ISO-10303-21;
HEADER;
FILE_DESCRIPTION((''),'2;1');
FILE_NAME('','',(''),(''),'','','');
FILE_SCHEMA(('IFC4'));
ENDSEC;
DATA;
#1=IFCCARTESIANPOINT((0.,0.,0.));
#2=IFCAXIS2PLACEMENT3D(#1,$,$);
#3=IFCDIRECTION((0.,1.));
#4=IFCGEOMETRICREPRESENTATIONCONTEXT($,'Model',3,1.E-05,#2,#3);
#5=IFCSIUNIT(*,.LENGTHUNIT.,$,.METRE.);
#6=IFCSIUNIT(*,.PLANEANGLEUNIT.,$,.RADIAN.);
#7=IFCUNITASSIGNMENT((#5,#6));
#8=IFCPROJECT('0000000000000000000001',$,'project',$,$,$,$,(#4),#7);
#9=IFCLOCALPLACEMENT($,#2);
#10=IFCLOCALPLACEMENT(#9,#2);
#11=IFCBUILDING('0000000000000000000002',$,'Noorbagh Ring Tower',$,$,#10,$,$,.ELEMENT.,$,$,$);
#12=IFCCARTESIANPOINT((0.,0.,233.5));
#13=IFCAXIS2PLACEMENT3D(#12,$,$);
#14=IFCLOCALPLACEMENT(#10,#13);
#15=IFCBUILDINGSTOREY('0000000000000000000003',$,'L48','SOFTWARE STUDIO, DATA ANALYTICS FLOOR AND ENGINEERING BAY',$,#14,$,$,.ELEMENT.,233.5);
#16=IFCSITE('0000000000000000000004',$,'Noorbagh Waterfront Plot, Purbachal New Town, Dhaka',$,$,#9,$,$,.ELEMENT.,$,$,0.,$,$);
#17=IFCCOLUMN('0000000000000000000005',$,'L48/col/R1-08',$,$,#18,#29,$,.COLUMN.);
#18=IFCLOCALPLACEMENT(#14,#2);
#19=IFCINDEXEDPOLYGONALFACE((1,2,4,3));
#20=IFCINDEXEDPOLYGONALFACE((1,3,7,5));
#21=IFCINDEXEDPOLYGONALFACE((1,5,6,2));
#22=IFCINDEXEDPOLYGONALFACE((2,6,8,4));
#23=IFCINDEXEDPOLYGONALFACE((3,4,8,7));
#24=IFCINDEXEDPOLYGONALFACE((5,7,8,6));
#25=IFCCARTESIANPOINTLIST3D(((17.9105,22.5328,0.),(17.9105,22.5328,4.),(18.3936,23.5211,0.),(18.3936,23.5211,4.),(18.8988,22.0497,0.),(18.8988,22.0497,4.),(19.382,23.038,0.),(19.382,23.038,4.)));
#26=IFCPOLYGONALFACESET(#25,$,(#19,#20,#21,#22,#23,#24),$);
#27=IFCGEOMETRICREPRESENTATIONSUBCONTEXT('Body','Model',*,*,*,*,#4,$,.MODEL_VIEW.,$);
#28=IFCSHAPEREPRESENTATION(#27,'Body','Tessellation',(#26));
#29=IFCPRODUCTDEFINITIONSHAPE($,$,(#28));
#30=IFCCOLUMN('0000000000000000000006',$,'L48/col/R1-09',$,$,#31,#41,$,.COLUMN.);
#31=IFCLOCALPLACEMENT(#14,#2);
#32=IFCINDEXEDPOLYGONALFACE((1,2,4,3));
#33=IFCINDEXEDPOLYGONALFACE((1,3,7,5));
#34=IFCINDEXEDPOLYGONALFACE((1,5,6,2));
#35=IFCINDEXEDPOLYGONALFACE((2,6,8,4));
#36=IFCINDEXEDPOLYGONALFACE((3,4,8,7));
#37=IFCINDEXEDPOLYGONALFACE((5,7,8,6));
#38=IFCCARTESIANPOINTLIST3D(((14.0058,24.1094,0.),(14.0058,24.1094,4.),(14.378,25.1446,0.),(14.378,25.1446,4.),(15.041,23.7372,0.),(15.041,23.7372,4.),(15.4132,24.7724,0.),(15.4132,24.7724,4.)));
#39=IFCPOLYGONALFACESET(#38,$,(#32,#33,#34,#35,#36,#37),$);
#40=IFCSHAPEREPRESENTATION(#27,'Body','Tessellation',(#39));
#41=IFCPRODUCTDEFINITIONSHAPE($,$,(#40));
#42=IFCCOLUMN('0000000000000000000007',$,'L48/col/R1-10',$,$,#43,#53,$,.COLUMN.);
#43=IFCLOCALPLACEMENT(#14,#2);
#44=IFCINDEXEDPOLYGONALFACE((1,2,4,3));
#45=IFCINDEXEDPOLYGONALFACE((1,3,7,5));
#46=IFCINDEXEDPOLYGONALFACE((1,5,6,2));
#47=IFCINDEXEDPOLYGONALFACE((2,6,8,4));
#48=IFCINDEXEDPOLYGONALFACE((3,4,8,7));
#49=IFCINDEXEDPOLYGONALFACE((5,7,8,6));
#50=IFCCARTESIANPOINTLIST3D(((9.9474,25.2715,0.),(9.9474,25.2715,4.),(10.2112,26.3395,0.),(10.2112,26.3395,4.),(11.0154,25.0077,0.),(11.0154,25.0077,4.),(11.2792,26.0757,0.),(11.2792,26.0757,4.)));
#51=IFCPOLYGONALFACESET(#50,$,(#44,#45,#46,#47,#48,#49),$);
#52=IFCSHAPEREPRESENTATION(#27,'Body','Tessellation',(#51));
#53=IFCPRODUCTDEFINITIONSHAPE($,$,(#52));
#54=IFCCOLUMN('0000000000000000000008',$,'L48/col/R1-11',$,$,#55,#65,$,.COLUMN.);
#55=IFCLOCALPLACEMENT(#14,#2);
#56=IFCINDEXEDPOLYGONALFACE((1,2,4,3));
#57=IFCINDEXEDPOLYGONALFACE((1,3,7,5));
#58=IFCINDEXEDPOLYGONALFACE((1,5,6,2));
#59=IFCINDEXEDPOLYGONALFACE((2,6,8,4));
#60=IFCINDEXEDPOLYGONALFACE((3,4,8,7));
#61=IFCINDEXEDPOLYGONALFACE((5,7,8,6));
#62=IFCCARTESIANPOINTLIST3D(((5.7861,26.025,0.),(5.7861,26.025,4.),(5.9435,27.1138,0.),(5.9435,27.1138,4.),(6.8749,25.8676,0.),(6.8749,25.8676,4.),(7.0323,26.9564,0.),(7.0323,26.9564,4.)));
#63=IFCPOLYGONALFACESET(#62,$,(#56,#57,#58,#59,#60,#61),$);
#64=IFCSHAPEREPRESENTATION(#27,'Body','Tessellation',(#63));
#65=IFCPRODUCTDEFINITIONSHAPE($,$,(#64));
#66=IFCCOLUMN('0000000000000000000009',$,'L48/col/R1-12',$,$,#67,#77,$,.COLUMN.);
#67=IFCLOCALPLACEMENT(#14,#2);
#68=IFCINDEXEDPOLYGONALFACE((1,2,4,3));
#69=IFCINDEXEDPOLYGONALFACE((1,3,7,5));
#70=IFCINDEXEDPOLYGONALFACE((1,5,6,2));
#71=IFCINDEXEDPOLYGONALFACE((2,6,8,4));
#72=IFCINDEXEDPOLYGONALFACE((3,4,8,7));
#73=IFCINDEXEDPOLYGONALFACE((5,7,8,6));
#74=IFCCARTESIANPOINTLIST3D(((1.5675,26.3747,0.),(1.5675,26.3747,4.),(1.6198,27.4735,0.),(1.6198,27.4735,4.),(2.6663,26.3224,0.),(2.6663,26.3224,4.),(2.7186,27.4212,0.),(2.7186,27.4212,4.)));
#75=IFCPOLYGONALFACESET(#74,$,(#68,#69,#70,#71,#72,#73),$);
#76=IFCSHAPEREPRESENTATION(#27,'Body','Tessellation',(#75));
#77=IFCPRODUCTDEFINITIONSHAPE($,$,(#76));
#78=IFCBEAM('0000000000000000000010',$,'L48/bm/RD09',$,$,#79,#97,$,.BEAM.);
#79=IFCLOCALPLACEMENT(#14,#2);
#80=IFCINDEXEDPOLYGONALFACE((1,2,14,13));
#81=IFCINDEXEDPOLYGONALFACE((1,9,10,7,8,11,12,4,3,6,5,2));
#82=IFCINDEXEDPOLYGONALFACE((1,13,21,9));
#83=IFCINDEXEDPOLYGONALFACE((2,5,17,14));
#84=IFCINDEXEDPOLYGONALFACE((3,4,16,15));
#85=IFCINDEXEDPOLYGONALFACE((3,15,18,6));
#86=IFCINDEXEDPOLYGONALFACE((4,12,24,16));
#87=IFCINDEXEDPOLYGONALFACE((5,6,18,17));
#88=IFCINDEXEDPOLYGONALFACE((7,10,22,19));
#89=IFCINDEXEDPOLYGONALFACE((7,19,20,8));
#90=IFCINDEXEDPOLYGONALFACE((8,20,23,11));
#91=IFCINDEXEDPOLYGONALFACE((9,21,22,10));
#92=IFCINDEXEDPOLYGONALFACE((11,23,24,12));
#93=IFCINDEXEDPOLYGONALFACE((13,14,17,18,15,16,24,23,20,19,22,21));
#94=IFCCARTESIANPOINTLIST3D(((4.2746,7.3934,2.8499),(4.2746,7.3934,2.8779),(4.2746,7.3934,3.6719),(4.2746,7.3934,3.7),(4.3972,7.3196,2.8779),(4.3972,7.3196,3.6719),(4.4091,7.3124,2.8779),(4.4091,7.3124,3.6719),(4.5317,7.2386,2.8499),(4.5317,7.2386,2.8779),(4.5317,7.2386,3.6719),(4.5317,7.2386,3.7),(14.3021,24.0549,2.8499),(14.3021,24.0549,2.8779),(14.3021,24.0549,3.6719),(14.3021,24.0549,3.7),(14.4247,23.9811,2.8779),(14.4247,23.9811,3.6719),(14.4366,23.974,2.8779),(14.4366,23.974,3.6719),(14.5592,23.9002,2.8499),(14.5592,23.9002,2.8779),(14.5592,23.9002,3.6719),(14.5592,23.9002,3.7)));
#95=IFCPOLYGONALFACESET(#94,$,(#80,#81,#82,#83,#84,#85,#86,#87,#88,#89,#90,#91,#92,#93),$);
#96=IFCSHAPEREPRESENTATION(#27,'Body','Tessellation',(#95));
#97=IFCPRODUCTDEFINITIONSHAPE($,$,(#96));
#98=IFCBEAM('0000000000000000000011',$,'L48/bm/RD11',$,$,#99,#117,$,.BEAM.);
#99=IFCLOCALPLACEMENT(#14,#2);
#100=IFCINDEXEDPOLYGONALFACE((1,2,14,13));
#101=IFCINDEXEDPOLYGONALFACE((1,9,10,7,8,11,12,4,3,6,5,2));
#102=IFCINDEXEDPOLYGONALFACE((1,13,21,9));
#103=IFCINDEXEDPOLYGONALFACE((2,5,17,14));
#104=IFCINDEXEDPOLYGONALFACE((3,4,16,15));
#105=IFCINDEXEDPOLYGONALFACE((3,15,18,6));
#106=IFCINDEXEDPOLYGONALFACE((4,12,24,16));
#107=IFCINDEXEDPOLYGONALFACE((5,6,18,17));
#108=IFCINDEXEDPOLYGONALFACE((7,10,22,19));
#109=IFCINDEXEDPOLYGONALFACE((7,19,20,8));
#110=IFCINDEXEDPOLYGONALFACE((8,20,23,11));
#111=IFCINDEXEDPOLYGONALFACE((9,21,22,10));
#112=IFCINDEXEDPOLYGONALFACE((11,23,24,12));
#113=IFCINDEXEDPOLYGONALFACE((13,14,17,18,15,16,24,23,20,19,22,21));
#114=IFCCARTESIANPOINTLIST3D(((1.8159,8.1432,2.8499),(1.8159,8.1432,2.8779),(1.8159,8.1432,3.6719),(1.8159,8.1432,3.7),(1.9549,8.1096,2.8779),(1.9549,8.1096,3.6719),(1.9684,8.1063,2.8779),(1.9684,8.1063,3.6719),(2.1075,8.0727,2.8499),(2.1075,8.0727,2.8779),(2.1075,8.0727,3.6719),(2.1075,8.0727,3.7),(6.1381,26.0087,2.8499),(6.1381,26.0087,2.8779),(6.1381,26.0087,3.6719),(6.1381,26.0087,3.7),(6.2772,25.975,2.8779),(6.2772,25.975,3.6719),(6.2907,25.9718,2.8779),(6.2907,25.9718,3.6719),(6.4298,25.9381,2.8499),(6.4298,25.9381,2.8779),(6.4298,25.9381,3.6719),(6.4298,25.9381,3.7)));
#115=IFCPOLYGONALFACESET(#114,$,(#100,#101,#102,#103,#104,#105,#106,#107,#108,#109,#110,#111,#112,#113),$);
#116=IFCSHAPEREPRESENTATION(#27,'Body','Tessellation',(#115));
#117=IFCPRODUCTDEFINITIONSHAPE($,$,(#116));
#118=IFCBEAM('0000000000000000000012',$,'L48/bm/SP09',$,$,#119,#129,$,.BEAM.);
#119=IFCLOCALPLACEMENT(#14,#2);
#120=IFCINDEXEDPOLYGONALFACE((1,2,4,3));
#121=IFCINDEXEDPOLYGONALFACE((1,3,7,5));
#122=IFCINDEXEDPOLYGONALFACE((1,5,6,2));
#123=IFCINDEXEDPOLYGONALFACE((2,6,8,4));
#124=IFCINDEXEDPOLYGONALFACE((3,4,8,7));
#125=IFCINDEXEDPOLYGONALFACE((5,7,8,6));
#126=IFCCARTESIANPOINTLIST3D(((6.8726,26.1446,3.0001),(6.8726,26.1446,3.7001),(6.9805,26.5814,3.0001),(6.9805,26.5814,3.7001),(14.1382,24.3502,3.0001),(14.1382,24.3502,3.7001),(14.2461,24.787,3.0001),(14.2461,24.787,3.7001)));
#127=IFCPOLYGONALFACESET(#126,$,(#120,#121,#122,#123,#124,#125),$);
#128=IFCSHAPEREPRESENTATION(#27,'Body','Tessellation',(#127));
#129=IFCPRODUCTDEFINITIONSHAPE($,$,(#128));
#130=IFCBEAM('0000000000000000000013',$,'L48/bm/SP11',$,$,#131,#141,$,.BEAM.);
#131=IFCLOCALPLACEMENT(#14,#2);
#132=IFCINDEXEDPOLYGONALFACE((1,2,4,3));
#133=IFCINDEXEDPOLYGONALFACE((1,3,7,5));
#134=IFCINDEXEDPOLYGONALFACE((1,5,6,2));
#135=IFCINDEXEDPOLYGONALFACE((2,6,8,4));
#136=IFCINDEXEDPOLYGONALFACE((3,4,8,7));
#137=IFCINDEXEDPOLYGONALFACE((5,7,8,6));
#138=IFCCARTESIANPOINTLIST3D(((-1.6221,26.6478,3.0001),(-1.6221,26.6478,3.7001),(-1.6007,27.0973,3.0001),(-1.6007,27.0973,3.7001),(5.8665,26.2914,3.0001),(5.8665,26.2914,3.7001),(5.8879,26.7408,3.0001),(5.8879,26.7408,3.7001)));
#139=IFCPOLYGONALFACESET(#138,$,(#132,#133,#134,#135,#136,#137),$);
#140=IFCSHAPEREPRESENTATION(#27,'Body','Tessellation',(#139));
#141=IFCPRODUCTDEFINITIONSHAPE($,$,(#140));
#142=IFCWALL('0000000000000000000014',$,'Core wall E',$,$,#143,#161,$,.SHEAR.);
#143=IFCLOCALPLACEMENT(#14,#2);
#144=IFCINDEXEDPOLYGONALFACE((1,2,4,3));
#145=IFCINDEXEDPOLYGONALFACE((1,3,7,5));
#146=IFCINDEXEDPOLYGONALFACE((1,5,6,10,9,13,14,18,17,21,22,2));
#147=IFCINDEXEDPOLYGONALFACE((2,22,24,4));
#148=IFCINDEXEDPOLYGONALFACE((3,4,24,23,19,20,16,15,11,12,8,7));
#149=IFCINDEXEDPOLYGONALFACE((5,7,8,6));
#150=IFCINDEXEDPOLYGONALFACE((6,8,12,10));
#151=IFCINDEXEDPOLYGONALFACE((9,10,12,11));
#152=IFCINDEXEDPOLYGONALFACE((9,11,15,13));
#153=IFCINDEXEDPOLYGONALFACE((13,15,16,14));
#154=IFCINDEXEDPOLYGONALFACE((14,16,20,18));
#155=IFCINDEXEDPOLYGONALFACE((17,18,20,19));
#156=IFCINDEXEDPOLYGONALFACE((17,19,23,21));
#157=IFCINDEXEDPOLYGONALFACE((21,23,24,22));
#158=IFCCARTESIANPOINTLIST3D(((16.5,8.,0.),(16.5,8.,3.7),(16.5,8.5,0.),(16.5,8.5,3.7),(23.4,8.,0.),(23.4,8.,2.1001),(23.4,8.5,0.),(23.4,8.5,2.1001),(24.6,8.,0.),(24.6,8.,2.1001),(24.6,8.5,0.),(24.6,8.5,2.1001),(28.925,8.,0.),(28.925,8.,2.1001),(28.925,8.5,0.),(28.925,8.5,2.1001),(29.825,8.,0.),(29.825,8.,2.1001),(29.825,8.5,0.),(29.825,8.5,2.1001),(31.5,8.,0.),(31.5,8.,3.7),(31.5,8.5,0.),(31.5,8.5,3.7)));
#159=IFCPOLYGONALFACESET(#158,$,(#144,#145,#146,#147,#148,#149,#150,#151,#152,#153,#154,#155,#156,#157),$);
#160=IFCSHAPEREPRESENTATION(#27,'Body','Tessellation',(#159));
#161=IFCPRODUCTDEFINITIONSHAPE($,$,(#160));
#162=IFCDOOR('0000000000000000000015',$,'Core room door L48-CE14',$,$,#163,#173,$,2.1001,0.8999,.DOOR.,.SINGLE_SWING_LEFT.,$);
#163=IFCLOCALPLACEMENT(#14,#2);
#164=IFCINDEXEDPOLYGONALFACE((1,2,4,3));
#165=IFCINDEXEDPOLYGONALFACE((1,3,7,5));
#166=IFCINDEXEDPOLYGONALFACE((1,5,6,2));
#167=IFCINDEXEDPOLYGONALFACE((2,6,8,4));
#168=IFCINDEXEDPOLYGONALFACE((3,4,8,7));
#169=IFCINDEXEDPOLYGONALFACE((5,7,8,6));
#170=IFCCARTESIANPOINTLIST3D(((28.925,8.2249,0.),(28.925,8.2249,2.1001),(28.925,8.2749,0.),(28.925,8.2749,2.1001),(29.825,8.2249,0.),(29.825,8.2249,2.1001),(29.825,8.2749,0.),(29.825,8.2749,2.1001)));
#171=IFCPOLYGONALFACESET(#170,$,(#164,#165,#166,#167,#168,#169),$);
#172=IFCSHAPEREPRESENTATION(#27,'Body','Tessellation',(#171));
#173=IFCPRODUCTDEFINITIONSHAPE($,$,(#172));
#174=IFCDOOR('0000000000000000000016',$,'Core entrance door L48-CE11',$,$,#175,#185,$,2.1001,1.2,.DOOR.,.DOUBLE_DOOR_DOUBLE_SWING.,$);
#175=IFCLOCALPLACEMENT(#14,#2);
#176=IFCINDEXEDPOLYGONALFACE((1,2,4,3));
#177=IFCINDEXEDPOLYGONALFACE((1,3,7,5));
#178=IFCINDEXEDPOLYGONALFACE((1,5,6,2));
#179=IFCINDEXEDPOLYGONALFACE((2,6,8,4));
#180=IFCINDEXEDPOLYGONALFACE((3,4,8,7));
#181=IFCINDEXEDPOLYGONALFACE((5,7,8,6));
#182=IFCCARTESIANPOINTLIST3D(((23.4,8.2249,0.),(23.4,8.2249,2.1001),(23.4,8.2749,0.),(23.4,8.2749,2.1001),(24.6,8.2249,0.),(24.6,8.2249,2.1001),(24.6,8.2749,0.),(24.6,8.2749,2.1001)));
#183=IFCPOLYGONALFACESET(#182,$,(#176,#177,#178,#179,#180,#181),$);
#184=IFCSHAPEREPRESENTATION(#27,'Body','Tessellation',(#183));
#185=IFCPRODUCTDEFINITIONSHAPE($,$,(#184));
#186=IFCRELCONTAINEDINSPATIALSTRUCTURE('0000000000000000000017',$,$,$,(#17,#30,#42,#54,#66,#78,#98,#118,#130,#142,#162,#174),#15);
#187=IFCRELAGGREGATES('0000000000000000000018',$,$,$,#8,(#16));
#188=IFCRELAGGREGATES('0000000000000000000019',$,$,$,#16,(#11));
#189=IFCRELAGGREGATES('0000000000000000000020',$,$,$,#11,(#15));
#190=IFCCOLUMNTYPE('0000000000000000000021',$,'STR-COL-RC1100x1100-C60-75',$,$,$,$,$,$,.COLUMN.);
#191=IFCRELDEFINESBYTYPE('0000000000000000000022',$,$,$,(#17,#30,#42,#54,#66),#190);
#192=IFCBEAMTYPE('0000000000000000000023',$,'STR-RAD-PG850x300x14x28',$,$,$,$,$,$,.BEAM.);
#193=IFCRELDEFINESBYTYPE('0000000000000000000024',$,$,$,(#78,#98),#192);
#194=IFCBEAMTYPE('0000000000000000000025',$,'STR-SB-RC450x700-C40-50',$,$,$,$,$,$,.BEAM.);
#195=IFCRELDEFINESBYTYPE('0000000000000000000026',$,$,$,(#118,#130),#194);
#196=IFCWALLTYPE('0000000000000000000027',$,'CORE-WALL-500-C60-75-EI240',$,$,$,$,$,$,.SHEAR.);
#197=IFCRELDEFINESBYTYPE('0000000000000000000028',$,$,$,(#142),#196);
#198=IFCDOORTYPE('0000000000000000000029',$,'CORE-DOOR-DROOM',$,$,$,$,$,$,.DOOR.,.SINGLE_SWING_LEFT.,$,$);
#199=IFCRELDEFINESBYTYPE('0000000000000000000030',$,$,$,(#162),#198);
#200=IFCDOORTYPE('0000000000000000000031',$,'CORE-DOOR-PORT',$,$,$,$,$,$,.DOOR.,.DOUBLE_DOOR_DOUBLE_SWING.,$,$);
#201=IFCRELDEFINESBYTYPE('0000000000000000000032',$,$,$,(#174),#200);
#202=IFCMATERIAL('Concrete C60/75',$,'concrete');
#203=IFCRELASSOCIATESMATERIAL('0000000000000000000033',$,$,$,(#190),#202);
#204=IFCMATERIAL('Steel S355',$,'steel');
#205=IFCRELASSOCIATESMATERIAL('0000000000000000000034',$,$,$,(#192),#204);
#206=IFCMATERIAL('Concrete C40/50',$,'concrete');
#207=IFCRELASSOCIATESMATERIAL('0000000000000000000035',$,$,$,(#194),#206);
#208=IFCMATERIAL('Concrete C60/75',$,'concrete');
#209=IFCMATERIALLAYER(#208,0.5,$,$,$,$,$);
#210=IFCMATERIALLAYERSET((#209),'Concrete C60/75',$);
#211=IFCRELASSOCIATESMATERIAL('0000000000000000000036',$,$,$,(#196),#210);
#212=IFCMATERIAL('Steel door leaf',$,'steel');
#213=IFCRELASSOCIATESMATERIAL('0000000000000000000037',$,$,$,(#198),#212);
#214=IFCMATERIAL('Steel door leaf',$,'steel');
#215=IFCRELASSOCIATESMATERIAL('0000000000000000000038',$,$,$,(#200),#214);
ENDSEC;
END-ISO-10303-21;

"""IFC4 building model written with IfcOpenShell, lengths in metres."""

from ifc_helpers import new_model, si_unit, direction, frame, frame_2d, origin, origin_2d, place, context, subcontext, project, spatial, rectangle, i_section, extrude, material, layer, layer_set, material_profile, profile_set, type_object, element, fill, save


model = new_model("IFC4")

# Units and contexts
model_context = context("Model", 3, precision=1e-05, world=origin(), true_north=direction((0.0, 1.0)))
body_context = subcontext(model_context, "Body", "Model", "MODEL_VIEW")
ifc_project = project(units=[si_unit("LENGTHUNIT", "METRE"), si_unit("PLANEANGLEUNIT", "RADIAN")], contexts=[model_context])

# Site, building, storey
site_placement = place(None, origin())
site = spatial("IfcSite", under=ifc_project, at=site_placement, Name="Noorbagh Waterfront Plot, Purbachal New Town, Dhaka", CompositionType="ELEMENT", RefElevation=0.0)
building_placement = place(site_placement, origin())
building = spatial("IfcBuilding", under=site, at=building_placement, Name="Noorbagh Ring Tower", CompositionType="ELEMENT")
storey_placement = place(building_placement, frame((0.0, 0.0, 233.5)))
storey = spatial("IfcBuildingStorey", under=building, at=storey_placement, Name="L48", Description="SOFTWARE STUDIO, DATA ANALYTICS FLOOR AND ENGINEERING BAY", CompositionType="ELEMENT", Elevation=233.5)

# Columns
ifc_material_1 = material(Name="Concrete C60/75", Category="concrete")
ifc_material_profile_1 = material_profile(ifc_material_1, rectangle(XDim=1.1001, YDim=1.1001, at=origin_2d()), Name="RC1100x1100")
ifc_profile_set_1 = profile_set([ifc_material_profile_1], Name="Concrete C60/75")
column_type = type_object("IfcColumnType", Name="STR-COL-RC1100x1100-C60-75", PredefinedType="COLUMN", material=ifc_profile_set_1)
for number, where, z_axis, x_axis, name in (
    (1, (18.6462, 22.7854, 0.0), (0.0, 0.0, 1.0), (-0.898399, 0.43918, 0.0), "L48/col/R1-08"),
    (2, (14.7095, 24.4409, 0.0), (0.0, 0.0, 1.0), (-0.941025, 0.338338, 0.0), "L48/col/R1-09"),
    (3, (10.6133, 25.6736, 0.0), (0.0, 0.0, 1.0), (-0.970829, 0.239771, 0.0), "L48/col/R1-10"),
    (4, (6.4092, 26.4907, 0.0), (0.0, 0.0, 1.0), (-0.989713, 0.143066, 0.0), "L48/col/R1-11"),
    (5, (2.1431, 26.8979, 0.0), (0.0, 0.0, 1.0), (-0.998869, 0.047553, 0.0), "L48/col/R1-12"),
):
    element("IfcColumn", number, at=place(storey_placement, frame(where, z_axis=z_axis, x_axis=x_axis)), inside=storey, type_object=column_type, Name=name, PredefinedType="COLUMN", context=body_context, shape_type="SweptSolid", body=[
        extrude(rectangle(XDim=1.1001, YDim=1.1001, at=origin_2d()), origin(), (0.0, 0.0, 1.0), 4.0),
    ])

# Beams
ifc_material_2 = material(Name="Steel S355", Category="steel")
ifc_material_profile_2 = material_profile(ifc_material_2, i_section(OverallWidth=0.3, OverallDepth=0.8501, WebThickness=0.0139, FlangeThickness=0.0281, at=origin_2d()), Name="PG850x300x14x28")
ifc_profile_set_2 = profile_set([ifc_material_profile_2], Name="Steel S355")
beam_type_1 = type_object("IfcBeamType", Name="STR-RAD-PG850x300x14x28", PredefinedType="BEAM", material=ifc_profile_set_2)
beam_1_placement = place(storey_placement, frame((14.4307, 23.9775, 3.2749), z_axis=(-0.515653, -0.856798, 0.0), x_axis=(0.856798, -0.515653, 0.0)))
element("IfcBeam", 6, at=beam_1_placement, inside=storey, type_object=beam_type_1, Name="L48/bm/RD09", PredefinedType="BEAM", context=body_context, shape_type="SweptSolid", body=[
    extrude(i_section(OverallWidth=0.3, OverallDepth=0.8501, WebThickness=0.0139, FlangeThickness=0.0281, at=origin_2d()), origin(), (0.0, 0.0, 1.0), 19.4463),
])
beam_2_placement = place(storey_placement, frame((6.2839, 25.9734, 3.2749), z_axis=(-0.23515, -0.971959, 0.0), x_axis=(0.971959, -0.23515, 0.0)))
element("IfcBeam", 7, at=beam_2_placement, inside=storey, type_object=beam_type_1, Name="L48/bm/RD11", PredefinedType="BEAM", context=body_context, shape_type="SweptSolid", body=[
    extrude(i_section(OverallWidth=0.3, OverallDepth=0.8501, WebThickness=0.0139, FlangeThickness=0.0281, at=origin_2d()), origin(), (0.0, 0.0, 1.0), 18.3809),
])
ifc_material_3 = material(Name="Concrete C40/50", Category="concrete")
ifc_material_profile_3 = material_profile(ifc_material_3, rectangle(XDim=0.45, YDim=0.7, at=origin_2d()), Name="RC450x700")
ifc_profile_set_3 = profile_set([ifc_material_profile_3], Name="Concrete C40/50")
beam_type_2 = type_object("IfcBeamType", Name="STR-SB-RC450x700-C40-50", PredefinedType="BEAM", material=ifc_profile_set_3)
beam_3_placement = place(storey_placement, frame((14.1921, 24.5686, 3.3501), z_axis=(-0.970829, 0.239771, 0.0), x_axis=(-0.239771, -0.970829, 0.0)))
element("IfcBeam", 8, at=beam_3_placement, inside=storey, type_object=beam_type_2, Name="L48/bm/SP09", PredefinedType="BEAM", context=body_context, shape_type="SweptSolid", body=[
    extrude(rectangle(XDim=0.45, YDim=0.7, at=origin_2d()), origin(), (0.0, 0.0, 1.0), 7.4839),
])
beam_4_placement = place(storey_placement, frame((5.8772, 26.5161, 3.3501), z_axis=(-0.998869, 0.047545, 0.0), x_axis=(-0.047545, -0.998869, 0.0)))
element("IfcBeam", 9, at=beam_4_placement, inside=storey, type_object=beam_type_2, Name="L48/bm/SP11", PredefinedType="BEAM", context=body_context, shape_type="SweptSolid", body=[
    extrude(rectangle(XDim=0.45, YDim=0.7, at=origin_2d()), origin(), (0.0, 0.0, 1.0), 7.4971),
])

# Wall, openings, doors
ifc_material_4 = material(Name="Concrete C60/75", Category="concrete")
ifc_layer_1 = layer(ifc_material_4, 0.5)
ifc_layer_set_1 = layer_set([ifc_layer_1], Name="Concrete C60/75")
wall_type_1 = type_object("IfcWallType", Name="CORE-WALL-500-C60-75-EI240", PredefinedType="SHEAR", material=ifc_layer_set_1)
wall_1_placement = place(storey_placement, frame((16.5, 8.25, 0.0), z_axis=(0.0, 0.0, 1.0), x_axis=(1.0, 0.0, 0.0)))
wall_1 = element("IfcWall", 10, at=wall_1_placement, inside=storey, type_object=wall_type_1, Name="Core wall E", PredefinedType="SHEAR", context=body_context, shape_type="SweptSolid", body=[
    extrude(rectangle(XDim=15.0, YDim=0.5, at=frame_2d((7.5, 0.0))), origin(), (0.0, 0.0, 1.0), 3.7),
])
opening_1_placement = place(wall_1_placement, frame((6.8999, 0.0, 0.0)))
opening_1 = element("IfcOpeningElement", 11, at=opening_1_placement, cuts=wall_1, PredefinedType="OPENING", context=body_context, shape_type="SweptSolid", body=[
    extrude(rectangle(XDim=1.2, YDim=2.1001, at=frame_2d((0.6001, 1.05))), frame((0.0, 0.26, 0.0), z_axis=(0.0, -1.0, 0.0), x_axis=(1.0, 0.0, 0.0)), (0.0, 0.0, 1.0), 0.52),
])
opening_2_placement = place(wall_1_placement, frame((12.425, 0.0, 0.0)))
opening_2 = element("IfcOpeningElement", 12, at=opening_2_placement, cuts=wall_1, PredefinedType="OPENING", context=body_context, shape_type="SweptSolid", body=[
    extrude(rectangle(XDim=0.8999, YDim=2.1001, at=frame_2d((0.45, 1.05))), frame((0.0, 0.26, 0.0), z_axis=(0.0, -1.0, 0.0), x_axis=(1.0, 0.0, 0.0)), (0.0, 0.0, 1.0), 0.52),
])
ifc_material_5 = material(Name="Steel door leaf", Category="steel")
door_type_1 = type_object("IfcDoorType", Name="CORE-DOOR-DROOM", OperationType="SINGLE_SWING_LEFT", PredefinedType="DOOR", material=ifc_material_5)
door_1_placement = place(opening_2_placement, origin())
door_1 = element("IfcDoor", 13, at=door_1_placement, inside=storey, type_object=door_type_1, Name="Core room door L48-CE14", OperationType="SINGLE_SWING_LEFT", OverallHeight=2.1001, OverallWidth=0.8999, PredefinedType="DOOR", context=body_context, shape_type="SweptSolid", body=[
    extrude(rectangle(XDim=0.8999, YDim=2.1001, at=frame_2d((0.45, 1.05))), frame((0.0, 0.0249, 0.0), z_axis=(0.0, -1.0, 0.0), x_axis=(1.0, 0.0, 0.0)), (0.0, 0.0, 1.0), 0.05),
])
fill(opening_2, door_1)
ifc_material_6 = material(Name="Steel door leaf", Category="steel")
door_type_2 = type_object("IfcDoorType", Name="CORE-DOOR-PORT", OperationType="DOUBLE_DOOR_DOUBLE_SWING", PredefinedType="DOOR", material=ifc_material_6)
door_2_placement = place(opening_1_placement, origin())
door_2 = element("IfcDoor", 14, at=door_2_placement, inside=storey, type_object=door_type_2, Name="Core entrance door L48-CE11", OperationType="DOUBLE_DOOR_DOUBLE_SWING", OverallHeight=2.1001, OverallWidth=1.2, PredefinedType="DOOR", context=body_context, shape_type="SweptSolid", body=[
    extrude(rectangle(XDim=1.2, YDim=2.1001, at=frame_2d((0.6001, 1.05))), frame((0.0, 0.0249, 0.0), z_axis=(0.0, -1.0, 0.0), x_axis=(1.0, 0.0, 0.0)), (0.0, 0.0, 1.0), 0.05),
])
fill(opening_1, door_2)

save(model, "model.ifc")
